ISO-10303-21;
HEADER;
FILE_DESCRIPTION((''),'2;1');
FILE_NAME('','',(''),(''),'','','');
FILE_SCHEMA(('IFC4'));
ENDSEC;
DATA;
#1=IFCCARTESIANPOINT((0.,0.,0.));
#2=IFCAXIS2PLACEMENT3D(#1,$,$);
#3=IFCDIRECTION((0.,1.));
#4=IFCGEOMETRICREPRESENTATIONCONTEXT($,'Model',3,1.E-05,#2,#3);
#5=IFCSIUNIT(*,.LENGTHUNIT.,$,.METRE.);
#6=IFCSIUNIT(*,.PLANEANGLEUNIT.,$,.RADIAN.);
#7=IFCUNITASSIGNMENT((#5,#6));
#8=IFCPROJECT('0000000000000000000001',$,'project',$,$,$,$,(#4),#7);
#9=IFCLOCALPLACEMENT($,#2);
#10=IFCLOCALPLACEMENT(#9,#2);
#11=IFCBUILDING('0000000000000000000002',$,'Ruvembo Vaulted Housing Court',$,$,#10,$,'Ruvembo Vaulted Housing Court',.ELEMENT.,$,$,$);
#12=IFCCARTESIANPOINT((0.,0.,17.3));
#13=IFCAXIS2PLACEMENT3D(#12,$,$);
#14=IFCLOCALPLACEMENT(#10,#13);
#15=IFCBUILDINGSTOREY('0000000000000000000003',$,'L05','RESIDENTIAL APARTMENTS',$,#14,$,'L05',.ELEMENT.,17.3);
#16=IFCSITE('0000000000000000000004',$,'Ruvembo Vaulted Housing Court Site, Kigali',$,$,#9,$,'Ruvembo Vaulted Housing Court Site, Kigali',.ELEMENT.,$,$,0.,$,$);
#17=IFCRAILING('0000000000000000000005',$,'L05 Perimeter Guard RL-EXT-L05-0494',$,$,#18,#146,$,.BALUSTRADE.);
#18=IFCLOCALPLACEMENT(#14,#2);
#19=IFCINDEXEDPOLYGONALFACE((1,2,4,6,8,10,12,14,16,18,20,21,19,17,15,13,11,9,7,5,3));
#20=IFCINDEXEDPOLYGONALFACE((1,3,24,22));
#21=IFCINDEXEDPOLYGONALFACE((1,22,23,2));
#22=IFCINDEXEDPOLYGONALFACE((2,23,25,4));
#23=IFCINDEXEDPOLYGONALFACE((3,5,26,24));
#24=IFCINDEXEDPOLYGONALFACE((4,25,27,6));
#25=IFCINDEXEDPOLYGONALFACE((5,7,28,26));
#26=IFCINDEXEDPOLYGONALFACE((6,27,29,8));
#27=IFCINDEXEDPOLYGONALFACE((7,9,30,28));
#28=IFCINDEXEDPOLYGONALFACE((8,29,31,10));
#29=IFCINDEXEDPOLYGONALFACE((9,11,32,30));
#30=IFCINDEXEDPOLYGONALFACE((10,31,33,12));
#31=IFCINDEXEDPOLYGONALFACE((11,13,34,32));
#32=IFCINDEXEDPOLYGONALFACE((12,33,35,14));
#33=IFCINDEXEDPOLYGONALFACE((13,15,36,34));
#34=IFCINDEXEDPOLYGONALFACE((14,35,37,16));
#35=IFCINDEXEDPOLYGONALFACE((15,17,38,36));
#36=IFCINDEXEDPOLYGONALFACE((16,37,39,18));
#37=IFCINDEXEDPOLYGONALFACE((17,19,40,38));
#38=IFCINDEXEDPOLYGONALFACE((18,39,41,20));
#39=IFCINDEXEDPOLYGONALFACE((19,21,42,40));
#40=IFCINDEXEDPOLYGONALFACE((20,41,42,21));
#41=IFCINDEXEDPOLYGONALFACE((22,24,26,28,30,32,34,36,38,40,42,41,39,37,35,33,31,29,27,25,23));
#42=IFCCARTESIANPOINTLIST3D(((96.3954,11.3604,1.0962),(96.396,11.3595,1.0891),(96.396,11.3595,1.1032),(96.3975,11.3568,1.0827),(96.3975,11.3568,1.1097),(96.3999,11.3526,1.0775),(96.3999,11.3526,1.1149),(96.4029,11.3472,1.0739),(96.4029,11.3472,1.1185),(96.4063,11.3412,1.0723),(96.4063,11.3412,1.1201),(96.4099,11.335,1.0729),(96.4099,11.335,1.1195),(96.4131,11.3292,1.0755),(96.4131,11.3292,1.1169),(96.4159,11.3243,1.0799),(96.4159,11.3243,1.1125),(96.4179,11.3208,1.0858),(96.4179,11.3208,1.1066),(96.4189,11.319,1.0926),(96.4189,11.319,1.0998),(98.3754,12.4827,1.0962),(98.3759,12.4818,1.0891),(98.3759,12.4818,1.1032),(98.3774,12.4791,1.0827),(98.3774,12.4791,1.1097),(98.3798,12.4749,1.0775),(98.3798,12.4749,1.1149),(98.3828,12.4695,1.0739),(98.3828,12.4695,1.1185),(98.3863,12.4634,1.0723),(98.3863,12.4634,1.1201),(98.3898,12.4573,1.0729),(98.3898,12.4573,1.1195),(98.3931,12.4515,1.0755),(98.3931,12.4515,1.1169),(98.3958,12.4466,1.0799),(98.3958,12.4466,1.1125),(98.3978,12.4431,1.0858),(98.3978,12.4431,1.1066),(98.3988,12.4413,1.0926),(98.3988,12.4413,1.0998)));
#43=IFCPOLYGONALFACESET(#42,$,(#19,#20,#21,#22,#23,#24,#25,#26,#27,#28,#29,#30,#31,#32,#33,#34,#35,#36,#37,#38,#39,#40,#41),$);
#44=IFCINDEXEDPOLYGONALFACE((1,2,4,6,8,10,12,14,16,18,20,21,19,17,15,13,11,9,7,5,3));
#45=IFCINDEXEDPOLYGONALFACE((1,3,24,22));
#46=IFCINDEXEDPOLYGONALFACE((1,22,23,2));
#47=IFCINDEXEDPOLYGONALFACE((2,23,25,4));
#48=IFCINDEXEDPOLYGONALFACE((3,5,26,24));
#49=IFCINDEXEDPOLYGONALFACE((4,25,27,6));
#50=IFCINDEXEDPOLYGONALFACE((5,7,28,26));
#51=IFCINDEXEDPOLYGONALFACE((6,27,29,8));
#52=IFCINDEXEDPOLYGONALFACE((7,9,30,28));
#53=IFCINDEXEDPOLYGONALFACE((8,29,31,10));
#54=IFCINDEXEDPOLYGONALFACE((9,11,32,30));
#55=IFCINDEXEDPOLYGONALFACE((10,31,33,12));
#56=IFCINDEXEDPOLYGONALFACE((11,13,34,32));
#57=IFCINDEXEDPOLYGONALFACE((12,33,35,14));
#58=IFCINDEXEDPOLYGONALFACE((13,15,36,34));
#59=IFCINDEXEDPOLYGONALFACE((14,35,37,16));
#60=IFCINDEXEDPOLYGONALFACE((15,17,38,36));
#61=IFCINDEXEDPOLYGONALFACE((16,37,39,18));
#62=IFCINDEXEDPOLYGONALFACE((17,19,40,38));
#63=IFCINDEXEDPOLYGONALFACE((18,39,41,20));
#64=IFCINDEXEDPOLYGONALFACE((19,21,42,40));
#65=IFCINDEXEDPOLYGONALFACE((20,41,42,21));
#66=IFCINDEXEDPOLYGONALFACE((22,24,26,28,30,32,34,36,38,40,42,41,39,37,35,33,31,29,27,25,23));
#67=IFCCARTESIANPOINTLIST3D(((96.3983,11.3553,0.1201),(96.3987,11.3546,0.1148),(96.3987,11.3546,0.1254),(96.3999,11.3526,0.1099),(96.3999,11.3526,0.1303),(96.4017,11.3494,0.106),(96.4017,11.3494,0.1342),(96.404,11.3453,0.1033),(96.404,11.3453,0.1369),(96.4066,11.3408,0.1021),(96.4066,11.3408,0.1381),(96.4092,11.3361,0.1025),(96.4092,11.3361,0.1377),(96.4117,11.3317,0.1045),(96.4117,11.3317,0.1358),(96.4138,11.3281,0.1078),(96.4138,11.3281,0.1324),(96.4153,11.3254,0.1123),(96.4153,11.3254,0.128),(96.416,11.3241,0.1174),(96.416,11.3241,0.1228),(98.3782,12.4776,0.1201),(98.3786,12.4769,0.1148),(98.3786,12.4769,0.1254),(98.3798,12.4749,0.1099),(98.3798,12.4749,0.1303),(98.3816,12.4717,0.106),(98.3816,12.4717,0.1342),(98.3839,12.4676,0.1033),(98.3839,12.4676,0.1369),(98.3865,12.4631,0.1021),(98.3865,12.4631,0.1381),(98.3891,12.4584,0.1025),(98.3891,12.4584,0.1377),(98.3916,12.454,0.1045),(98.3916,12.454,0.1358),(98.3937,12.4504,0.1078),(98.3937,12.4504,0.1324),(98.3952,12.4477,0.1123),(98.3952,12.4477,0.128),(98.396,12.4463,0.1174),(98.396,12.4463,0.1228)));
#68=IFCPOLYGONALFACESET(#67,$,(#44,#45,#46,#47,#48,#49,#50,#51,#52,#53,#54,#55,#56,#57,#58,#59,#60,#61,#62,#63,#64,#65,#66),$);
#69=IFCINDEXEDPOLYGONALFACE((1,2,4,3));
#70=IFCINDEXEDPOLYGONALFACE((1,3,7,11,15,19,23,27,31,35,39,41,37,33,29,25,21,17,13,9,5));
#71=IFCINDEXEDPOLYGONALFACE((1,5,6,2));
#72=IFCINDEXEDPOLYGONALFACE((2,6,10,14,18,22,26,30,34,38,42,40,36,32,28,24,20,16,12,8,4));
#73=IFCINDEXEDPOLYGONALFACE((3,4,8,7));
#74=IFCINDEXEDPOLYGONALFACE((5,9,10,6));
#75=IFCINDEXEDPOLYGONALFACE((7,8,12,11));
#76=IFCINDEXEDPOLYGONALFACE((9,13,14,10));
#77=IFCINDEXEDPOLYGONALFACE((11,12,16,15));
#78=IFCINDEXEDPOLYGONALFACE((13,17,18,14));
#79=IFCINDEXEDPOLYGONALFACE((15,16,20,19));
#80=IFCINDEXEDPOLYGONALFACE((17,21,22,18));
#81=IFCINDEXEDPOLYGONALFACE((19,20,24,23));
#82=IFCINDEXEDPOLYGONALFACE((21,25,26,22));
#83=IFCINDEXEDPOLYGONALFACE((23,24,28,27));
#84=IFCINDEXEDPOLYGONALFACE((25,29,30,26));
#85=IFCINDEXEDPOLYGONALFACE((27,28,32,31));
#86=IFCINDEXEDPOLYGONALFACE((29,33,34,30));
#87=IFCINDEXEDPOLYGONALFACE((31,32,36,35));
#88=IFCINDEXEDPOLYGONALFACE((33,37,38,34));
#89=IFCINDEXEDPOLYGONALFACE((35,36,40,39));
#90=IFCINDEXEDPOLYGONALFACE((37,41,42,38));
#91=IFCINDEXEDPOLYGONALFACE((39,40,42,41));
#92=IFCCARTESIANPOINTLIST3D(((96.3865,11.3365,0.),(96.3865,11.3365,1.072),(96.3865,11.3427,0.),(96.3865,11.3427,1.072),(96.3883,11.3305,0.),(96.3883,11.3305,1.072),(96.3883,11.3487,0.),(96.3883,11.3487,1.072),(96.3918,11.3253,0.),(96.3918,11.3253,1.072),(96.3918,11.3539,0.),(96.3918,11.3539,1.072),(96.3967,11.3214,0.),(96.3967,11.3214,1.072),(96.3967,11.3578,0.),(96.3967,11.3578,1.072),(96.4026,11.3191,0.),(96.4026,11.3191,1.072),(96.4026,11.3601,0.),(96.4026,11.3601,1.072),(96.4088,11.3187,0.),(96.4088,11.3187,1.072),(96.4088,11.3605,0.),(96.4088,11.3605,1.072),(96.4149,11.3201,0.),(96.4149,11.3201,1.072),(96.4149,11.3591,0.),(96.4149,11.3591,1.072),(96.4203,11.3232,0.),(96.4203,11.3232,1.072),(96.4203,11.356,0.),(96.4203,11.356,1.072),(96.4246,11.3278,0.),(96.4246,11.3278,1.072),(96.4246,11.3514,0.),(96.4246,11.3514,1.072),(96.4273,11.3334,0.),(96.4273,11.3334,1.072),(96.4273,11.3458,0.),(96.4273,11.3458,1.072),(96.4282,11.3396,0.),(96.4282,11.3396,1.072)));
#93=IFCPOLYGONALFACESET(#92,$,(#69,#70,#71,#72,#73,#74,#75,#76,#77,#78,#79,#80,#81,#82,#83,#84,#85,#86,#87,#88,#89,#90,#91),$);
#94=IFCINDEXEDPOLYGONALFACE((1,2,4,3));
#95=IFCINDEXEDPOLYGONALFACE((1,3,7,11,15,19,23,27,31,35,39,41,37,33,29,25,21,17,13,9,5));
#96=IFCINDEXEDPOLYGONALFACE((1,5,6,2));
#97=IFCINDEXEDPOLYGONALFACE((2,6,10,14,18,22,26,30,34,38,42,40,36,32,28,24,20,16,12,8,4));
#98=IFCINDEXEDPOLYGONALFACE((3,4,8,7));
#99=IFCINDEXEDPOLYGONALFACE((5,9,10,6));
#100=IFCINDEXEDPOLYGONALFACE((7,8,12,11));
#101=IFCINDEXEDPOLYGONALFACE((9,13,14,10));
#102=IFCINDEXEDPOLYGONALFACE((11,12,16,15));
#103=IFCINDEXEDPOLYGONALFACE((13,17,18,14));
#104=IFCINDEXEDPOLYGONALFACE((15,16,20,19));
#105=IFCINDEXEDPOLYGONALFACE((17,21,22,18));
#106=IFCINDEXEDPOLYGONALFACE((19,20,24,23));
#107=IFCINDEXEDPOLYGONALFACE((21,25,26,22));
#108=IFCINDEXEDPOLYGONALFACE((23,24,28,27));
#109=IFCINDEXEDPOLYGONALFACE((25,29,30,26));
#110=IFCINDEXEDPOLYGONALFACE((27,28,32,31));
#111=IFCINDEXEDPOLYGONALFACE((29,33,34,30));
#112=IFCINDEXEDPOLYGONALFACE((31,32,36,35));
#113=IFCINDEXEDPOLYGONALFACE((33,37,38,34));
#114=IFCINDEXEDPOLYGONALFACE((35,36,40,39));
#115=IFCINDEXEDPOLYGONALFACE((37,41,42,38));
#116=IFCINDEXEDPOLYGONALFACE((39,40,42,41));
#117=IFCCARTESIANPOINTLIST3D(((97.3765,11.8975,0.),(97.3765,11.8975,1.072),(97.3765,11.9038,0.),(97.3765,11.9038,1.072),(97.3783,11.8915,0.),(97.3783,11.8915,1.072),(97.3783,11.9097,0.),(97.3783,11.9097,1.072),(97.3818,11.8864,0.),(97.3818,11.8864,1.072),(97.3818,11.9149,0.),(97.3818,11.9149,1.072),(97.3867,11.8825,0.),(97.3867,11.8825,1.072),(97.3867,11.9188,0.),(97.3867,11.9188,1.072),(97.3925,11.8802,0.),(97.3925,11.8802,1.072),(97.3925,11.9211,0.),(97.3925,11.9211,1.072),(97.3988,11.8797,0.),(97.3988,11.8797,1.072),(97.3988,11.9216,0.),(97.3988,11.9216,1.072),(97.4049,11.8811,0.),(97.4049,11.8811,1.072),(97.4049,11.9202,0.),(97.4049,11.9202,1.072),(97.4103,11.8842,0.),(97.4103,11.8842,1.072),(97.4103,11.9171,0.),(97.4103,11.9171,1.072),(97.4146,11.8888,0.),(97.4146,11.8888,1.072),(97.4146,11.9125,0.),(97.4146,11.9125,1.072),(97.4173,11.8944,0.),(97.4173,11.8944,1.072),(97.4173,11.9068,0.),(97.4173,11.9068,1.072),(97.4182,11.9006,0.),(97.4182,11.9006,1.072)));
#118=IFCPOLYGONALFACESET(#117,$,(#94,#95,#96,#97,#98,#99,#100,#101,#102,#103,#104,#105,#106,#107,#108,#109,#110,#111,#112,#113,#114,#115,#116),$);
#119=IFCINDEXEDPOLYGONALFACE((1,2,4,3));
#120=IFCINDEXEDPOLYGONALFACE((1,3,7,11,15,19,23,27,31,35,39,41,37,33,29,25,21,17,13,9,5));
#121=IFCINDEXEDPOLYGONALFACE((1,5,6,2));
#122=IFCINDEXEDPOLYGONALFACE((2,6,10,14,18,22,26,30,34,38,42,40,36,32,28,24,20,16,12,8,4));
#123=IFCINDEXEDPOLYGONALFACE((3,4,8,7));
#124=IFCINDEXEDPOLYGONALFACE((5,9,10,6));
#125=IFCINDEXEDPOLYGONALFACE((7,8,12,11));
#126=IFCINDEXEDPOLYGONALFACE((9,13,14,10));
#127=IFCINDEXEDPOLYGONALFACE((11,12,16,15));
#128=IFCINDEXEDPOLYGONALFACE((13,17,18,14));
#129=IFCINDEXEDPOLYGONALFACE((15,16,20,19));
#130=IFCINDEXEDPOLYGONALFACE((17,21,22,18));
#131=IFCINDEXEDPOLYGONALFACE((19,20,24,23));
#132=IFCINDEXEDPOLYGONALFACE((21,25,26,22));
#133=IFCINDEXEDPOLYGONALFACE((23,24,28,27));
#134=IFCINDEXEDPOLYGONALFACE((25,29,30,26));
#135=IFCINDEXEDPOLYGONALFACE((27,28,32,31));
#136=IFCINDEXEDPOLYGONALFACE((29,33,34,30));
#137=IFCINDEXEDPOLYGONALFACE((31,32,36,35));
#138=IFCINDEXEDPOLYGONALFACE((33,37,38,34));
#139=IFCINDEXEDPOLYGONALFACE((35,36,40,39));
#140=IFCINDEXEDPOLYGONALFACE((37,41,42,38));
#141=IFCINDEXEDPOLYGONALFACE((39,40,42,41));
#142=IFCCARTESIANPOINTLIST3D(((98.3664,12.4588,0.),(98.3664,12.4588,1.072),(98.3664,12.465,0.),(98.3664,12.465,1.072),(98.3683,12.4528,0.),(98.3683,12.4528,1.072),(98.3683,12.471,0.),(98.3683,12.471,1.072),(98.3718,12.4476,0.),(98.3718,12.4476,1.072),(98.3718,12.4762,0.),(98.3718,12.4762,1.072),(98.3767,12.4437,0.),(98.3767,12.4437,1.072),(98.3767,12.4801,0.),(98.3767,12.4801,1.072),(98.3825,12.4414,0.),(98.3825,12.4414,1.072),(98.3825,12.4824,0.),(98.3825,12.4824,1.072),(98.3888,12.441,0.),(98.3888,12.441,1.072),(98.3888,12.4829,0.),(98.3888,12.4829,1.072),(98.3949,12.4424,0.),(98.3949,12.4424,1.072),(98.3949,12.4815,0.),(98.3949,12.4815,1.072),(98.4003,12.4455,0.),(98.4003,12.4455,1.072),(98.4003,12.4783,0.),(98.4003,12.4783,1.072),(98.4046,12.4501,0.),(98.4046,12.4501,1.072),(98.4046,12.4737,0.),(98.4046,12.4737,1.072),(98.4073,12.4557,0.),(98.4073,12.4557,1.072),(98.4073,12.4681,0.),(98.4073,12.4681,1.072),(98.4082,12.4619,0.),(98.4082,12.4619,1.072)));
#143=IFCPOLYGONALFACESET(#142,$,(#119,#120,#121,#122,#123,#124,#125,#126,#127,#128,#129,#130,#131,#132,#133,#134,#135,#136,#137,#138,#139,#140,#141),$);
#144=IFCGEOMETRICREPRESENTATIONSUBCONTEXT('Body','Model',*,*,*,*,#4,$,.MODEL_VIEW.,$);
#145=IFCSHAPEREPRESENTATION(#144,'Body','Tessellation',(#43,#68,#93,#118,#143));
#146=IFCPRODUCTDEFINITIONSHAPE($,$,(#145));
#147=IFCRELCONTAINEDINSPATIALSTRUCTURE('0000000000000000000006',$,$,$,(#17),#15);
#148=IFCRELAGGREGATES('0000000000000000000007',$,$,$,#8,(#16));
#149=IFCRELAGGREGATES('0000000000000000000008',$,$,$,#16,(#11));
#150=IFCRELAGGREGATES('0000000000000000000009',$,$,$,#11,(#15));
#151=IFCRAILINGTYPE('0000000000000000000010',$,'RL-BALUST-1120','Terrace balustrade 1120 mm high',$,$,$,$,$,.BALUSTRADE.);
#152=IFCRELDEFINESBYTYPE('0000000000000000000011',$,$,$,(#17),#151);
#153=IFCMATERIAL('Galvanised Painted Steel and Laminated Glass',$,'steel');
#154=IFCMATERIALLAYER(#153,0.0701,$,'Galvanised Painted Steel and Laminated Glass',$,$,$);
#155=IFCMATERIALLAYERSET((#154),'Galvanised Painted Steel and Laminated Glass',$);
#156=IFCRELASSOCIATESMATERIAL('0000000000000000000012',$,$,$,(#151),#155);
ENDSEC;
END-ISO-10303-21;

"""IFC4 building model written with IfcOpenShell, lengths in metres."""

from ifc_helpers import new_model, si_unit, direction, frame, origin, origin_2d, place, context, subcontext, project, spatial, circle, extrude, material, layer, layer_set, type_object, element, save


model = new_model("IFC4")

# Units and contexts
model_context = context("Model", 3, precision=1e-05, world=origin(), true_north=direction((0.0, 1.0)))
body_context = subcontext(model_context, "Body", "Model", "MODEL_VIEW")
ifc_project = project(units=[si_unit("LENGTHUNIT", "METRE"), si_unit("PLANEANGLEUNIT", "RADIAN")], contexts=[model_context])

# Site, building, storey
site_placement = place(None, origin())
site = spatial("IfcSite", under=ifc_project, at=site_placement, Name="Ruvembo Vaulted Housing Court Site, Kigali", LongName="Ruvembo Vaulted Housing Court Site, Kigali", CompositionType="ELEMENT", RefElevation=0.0)
building_placement = place(site_placement, origin())
building = spatial("IfcBuilding", under=site, at=building_placement, Name="Ruvembo Vaulted Housing Court", LongName="Ruvembo Vaulted Housing Court", CompositionType="ELEMENT")
storey_placement = place(building_placement, frame((0.0, 0.0, 17.3)))
storey = spatial("IfcBuildingStorey", under=building, at=storey_placement, Name="L05", Description="RESIDENTIAL APARTMENTS", LongName="L05", CompositionType="ELEMENT", Elevation=17.3)

# Railing
ifc_material_1 = material(Name="Galvanised Painted Steel and Laminated Glass", Category="steel")
ifc_layer_1 = layer(ifc_material_1, 0.0701, Name="Galvanised Painted Steel and Laminated Glass")
ifc_layer_set_1 = layer_set([ifc_layer_1], Name="Galvanised Painted Steel and Laminated Glass")
railing_type_1 = type_object("IfcRailingType", Name="RL-BALUST-1120", Description="Terrace balustrade 1120 mm high", PredefinedType="BALUSTRADE", material=ifc_layer_set_1)
railing_1_placement = place(storey_placement, frame((96.4072, 11.3396, 0.0)))
element("IfcRailing", 1, at=railing_1_placement, inside=storey, type_object=railing_type_1, Name="L05 Perimeter Guard RL-EXT-L05-0494", PredefinedType="BALUSTRADE", context=body_context, shape_type="SweptSolid", body=[
    extrude(circle(Radius=0.0239, at=origin_2d()), frame((0.0, 0.0, 1.0962), z_axis=(0.869961, 0.493121, 0.0), x_axis=(-0.493121, 0.869961, 0.0)), (0.0, 0.0, 1.0), 2.2759),
    extrude(circle(Radius=0.0181, at=origin_2d()), frame((0.0, 0.0, 0.1201), z_axis=(0.869961, 0.493121, 0.0), x_axis=(-0.493121, 0.869961, 0.0)), (0.0, 0.0, 1.0), 2.2759),
    extrude(circle(Radius=0.021, at=origin_2d()), origin(), (0.0, 0.0, 1.0), 1.072),
    extrude(circle(Radius=0.021, at=origin_2d()), frame((0.99, 0.561, 0.0)), (0.0, 0.0, 1.0), 1.072),
    extrude(circle(Radius=0.021, at=origin_2d()), frame((1.98, 1.1223, 0.0)), (0.0, 0.0, 1.0), 1.072),
])

save(model, "model.ifc")
